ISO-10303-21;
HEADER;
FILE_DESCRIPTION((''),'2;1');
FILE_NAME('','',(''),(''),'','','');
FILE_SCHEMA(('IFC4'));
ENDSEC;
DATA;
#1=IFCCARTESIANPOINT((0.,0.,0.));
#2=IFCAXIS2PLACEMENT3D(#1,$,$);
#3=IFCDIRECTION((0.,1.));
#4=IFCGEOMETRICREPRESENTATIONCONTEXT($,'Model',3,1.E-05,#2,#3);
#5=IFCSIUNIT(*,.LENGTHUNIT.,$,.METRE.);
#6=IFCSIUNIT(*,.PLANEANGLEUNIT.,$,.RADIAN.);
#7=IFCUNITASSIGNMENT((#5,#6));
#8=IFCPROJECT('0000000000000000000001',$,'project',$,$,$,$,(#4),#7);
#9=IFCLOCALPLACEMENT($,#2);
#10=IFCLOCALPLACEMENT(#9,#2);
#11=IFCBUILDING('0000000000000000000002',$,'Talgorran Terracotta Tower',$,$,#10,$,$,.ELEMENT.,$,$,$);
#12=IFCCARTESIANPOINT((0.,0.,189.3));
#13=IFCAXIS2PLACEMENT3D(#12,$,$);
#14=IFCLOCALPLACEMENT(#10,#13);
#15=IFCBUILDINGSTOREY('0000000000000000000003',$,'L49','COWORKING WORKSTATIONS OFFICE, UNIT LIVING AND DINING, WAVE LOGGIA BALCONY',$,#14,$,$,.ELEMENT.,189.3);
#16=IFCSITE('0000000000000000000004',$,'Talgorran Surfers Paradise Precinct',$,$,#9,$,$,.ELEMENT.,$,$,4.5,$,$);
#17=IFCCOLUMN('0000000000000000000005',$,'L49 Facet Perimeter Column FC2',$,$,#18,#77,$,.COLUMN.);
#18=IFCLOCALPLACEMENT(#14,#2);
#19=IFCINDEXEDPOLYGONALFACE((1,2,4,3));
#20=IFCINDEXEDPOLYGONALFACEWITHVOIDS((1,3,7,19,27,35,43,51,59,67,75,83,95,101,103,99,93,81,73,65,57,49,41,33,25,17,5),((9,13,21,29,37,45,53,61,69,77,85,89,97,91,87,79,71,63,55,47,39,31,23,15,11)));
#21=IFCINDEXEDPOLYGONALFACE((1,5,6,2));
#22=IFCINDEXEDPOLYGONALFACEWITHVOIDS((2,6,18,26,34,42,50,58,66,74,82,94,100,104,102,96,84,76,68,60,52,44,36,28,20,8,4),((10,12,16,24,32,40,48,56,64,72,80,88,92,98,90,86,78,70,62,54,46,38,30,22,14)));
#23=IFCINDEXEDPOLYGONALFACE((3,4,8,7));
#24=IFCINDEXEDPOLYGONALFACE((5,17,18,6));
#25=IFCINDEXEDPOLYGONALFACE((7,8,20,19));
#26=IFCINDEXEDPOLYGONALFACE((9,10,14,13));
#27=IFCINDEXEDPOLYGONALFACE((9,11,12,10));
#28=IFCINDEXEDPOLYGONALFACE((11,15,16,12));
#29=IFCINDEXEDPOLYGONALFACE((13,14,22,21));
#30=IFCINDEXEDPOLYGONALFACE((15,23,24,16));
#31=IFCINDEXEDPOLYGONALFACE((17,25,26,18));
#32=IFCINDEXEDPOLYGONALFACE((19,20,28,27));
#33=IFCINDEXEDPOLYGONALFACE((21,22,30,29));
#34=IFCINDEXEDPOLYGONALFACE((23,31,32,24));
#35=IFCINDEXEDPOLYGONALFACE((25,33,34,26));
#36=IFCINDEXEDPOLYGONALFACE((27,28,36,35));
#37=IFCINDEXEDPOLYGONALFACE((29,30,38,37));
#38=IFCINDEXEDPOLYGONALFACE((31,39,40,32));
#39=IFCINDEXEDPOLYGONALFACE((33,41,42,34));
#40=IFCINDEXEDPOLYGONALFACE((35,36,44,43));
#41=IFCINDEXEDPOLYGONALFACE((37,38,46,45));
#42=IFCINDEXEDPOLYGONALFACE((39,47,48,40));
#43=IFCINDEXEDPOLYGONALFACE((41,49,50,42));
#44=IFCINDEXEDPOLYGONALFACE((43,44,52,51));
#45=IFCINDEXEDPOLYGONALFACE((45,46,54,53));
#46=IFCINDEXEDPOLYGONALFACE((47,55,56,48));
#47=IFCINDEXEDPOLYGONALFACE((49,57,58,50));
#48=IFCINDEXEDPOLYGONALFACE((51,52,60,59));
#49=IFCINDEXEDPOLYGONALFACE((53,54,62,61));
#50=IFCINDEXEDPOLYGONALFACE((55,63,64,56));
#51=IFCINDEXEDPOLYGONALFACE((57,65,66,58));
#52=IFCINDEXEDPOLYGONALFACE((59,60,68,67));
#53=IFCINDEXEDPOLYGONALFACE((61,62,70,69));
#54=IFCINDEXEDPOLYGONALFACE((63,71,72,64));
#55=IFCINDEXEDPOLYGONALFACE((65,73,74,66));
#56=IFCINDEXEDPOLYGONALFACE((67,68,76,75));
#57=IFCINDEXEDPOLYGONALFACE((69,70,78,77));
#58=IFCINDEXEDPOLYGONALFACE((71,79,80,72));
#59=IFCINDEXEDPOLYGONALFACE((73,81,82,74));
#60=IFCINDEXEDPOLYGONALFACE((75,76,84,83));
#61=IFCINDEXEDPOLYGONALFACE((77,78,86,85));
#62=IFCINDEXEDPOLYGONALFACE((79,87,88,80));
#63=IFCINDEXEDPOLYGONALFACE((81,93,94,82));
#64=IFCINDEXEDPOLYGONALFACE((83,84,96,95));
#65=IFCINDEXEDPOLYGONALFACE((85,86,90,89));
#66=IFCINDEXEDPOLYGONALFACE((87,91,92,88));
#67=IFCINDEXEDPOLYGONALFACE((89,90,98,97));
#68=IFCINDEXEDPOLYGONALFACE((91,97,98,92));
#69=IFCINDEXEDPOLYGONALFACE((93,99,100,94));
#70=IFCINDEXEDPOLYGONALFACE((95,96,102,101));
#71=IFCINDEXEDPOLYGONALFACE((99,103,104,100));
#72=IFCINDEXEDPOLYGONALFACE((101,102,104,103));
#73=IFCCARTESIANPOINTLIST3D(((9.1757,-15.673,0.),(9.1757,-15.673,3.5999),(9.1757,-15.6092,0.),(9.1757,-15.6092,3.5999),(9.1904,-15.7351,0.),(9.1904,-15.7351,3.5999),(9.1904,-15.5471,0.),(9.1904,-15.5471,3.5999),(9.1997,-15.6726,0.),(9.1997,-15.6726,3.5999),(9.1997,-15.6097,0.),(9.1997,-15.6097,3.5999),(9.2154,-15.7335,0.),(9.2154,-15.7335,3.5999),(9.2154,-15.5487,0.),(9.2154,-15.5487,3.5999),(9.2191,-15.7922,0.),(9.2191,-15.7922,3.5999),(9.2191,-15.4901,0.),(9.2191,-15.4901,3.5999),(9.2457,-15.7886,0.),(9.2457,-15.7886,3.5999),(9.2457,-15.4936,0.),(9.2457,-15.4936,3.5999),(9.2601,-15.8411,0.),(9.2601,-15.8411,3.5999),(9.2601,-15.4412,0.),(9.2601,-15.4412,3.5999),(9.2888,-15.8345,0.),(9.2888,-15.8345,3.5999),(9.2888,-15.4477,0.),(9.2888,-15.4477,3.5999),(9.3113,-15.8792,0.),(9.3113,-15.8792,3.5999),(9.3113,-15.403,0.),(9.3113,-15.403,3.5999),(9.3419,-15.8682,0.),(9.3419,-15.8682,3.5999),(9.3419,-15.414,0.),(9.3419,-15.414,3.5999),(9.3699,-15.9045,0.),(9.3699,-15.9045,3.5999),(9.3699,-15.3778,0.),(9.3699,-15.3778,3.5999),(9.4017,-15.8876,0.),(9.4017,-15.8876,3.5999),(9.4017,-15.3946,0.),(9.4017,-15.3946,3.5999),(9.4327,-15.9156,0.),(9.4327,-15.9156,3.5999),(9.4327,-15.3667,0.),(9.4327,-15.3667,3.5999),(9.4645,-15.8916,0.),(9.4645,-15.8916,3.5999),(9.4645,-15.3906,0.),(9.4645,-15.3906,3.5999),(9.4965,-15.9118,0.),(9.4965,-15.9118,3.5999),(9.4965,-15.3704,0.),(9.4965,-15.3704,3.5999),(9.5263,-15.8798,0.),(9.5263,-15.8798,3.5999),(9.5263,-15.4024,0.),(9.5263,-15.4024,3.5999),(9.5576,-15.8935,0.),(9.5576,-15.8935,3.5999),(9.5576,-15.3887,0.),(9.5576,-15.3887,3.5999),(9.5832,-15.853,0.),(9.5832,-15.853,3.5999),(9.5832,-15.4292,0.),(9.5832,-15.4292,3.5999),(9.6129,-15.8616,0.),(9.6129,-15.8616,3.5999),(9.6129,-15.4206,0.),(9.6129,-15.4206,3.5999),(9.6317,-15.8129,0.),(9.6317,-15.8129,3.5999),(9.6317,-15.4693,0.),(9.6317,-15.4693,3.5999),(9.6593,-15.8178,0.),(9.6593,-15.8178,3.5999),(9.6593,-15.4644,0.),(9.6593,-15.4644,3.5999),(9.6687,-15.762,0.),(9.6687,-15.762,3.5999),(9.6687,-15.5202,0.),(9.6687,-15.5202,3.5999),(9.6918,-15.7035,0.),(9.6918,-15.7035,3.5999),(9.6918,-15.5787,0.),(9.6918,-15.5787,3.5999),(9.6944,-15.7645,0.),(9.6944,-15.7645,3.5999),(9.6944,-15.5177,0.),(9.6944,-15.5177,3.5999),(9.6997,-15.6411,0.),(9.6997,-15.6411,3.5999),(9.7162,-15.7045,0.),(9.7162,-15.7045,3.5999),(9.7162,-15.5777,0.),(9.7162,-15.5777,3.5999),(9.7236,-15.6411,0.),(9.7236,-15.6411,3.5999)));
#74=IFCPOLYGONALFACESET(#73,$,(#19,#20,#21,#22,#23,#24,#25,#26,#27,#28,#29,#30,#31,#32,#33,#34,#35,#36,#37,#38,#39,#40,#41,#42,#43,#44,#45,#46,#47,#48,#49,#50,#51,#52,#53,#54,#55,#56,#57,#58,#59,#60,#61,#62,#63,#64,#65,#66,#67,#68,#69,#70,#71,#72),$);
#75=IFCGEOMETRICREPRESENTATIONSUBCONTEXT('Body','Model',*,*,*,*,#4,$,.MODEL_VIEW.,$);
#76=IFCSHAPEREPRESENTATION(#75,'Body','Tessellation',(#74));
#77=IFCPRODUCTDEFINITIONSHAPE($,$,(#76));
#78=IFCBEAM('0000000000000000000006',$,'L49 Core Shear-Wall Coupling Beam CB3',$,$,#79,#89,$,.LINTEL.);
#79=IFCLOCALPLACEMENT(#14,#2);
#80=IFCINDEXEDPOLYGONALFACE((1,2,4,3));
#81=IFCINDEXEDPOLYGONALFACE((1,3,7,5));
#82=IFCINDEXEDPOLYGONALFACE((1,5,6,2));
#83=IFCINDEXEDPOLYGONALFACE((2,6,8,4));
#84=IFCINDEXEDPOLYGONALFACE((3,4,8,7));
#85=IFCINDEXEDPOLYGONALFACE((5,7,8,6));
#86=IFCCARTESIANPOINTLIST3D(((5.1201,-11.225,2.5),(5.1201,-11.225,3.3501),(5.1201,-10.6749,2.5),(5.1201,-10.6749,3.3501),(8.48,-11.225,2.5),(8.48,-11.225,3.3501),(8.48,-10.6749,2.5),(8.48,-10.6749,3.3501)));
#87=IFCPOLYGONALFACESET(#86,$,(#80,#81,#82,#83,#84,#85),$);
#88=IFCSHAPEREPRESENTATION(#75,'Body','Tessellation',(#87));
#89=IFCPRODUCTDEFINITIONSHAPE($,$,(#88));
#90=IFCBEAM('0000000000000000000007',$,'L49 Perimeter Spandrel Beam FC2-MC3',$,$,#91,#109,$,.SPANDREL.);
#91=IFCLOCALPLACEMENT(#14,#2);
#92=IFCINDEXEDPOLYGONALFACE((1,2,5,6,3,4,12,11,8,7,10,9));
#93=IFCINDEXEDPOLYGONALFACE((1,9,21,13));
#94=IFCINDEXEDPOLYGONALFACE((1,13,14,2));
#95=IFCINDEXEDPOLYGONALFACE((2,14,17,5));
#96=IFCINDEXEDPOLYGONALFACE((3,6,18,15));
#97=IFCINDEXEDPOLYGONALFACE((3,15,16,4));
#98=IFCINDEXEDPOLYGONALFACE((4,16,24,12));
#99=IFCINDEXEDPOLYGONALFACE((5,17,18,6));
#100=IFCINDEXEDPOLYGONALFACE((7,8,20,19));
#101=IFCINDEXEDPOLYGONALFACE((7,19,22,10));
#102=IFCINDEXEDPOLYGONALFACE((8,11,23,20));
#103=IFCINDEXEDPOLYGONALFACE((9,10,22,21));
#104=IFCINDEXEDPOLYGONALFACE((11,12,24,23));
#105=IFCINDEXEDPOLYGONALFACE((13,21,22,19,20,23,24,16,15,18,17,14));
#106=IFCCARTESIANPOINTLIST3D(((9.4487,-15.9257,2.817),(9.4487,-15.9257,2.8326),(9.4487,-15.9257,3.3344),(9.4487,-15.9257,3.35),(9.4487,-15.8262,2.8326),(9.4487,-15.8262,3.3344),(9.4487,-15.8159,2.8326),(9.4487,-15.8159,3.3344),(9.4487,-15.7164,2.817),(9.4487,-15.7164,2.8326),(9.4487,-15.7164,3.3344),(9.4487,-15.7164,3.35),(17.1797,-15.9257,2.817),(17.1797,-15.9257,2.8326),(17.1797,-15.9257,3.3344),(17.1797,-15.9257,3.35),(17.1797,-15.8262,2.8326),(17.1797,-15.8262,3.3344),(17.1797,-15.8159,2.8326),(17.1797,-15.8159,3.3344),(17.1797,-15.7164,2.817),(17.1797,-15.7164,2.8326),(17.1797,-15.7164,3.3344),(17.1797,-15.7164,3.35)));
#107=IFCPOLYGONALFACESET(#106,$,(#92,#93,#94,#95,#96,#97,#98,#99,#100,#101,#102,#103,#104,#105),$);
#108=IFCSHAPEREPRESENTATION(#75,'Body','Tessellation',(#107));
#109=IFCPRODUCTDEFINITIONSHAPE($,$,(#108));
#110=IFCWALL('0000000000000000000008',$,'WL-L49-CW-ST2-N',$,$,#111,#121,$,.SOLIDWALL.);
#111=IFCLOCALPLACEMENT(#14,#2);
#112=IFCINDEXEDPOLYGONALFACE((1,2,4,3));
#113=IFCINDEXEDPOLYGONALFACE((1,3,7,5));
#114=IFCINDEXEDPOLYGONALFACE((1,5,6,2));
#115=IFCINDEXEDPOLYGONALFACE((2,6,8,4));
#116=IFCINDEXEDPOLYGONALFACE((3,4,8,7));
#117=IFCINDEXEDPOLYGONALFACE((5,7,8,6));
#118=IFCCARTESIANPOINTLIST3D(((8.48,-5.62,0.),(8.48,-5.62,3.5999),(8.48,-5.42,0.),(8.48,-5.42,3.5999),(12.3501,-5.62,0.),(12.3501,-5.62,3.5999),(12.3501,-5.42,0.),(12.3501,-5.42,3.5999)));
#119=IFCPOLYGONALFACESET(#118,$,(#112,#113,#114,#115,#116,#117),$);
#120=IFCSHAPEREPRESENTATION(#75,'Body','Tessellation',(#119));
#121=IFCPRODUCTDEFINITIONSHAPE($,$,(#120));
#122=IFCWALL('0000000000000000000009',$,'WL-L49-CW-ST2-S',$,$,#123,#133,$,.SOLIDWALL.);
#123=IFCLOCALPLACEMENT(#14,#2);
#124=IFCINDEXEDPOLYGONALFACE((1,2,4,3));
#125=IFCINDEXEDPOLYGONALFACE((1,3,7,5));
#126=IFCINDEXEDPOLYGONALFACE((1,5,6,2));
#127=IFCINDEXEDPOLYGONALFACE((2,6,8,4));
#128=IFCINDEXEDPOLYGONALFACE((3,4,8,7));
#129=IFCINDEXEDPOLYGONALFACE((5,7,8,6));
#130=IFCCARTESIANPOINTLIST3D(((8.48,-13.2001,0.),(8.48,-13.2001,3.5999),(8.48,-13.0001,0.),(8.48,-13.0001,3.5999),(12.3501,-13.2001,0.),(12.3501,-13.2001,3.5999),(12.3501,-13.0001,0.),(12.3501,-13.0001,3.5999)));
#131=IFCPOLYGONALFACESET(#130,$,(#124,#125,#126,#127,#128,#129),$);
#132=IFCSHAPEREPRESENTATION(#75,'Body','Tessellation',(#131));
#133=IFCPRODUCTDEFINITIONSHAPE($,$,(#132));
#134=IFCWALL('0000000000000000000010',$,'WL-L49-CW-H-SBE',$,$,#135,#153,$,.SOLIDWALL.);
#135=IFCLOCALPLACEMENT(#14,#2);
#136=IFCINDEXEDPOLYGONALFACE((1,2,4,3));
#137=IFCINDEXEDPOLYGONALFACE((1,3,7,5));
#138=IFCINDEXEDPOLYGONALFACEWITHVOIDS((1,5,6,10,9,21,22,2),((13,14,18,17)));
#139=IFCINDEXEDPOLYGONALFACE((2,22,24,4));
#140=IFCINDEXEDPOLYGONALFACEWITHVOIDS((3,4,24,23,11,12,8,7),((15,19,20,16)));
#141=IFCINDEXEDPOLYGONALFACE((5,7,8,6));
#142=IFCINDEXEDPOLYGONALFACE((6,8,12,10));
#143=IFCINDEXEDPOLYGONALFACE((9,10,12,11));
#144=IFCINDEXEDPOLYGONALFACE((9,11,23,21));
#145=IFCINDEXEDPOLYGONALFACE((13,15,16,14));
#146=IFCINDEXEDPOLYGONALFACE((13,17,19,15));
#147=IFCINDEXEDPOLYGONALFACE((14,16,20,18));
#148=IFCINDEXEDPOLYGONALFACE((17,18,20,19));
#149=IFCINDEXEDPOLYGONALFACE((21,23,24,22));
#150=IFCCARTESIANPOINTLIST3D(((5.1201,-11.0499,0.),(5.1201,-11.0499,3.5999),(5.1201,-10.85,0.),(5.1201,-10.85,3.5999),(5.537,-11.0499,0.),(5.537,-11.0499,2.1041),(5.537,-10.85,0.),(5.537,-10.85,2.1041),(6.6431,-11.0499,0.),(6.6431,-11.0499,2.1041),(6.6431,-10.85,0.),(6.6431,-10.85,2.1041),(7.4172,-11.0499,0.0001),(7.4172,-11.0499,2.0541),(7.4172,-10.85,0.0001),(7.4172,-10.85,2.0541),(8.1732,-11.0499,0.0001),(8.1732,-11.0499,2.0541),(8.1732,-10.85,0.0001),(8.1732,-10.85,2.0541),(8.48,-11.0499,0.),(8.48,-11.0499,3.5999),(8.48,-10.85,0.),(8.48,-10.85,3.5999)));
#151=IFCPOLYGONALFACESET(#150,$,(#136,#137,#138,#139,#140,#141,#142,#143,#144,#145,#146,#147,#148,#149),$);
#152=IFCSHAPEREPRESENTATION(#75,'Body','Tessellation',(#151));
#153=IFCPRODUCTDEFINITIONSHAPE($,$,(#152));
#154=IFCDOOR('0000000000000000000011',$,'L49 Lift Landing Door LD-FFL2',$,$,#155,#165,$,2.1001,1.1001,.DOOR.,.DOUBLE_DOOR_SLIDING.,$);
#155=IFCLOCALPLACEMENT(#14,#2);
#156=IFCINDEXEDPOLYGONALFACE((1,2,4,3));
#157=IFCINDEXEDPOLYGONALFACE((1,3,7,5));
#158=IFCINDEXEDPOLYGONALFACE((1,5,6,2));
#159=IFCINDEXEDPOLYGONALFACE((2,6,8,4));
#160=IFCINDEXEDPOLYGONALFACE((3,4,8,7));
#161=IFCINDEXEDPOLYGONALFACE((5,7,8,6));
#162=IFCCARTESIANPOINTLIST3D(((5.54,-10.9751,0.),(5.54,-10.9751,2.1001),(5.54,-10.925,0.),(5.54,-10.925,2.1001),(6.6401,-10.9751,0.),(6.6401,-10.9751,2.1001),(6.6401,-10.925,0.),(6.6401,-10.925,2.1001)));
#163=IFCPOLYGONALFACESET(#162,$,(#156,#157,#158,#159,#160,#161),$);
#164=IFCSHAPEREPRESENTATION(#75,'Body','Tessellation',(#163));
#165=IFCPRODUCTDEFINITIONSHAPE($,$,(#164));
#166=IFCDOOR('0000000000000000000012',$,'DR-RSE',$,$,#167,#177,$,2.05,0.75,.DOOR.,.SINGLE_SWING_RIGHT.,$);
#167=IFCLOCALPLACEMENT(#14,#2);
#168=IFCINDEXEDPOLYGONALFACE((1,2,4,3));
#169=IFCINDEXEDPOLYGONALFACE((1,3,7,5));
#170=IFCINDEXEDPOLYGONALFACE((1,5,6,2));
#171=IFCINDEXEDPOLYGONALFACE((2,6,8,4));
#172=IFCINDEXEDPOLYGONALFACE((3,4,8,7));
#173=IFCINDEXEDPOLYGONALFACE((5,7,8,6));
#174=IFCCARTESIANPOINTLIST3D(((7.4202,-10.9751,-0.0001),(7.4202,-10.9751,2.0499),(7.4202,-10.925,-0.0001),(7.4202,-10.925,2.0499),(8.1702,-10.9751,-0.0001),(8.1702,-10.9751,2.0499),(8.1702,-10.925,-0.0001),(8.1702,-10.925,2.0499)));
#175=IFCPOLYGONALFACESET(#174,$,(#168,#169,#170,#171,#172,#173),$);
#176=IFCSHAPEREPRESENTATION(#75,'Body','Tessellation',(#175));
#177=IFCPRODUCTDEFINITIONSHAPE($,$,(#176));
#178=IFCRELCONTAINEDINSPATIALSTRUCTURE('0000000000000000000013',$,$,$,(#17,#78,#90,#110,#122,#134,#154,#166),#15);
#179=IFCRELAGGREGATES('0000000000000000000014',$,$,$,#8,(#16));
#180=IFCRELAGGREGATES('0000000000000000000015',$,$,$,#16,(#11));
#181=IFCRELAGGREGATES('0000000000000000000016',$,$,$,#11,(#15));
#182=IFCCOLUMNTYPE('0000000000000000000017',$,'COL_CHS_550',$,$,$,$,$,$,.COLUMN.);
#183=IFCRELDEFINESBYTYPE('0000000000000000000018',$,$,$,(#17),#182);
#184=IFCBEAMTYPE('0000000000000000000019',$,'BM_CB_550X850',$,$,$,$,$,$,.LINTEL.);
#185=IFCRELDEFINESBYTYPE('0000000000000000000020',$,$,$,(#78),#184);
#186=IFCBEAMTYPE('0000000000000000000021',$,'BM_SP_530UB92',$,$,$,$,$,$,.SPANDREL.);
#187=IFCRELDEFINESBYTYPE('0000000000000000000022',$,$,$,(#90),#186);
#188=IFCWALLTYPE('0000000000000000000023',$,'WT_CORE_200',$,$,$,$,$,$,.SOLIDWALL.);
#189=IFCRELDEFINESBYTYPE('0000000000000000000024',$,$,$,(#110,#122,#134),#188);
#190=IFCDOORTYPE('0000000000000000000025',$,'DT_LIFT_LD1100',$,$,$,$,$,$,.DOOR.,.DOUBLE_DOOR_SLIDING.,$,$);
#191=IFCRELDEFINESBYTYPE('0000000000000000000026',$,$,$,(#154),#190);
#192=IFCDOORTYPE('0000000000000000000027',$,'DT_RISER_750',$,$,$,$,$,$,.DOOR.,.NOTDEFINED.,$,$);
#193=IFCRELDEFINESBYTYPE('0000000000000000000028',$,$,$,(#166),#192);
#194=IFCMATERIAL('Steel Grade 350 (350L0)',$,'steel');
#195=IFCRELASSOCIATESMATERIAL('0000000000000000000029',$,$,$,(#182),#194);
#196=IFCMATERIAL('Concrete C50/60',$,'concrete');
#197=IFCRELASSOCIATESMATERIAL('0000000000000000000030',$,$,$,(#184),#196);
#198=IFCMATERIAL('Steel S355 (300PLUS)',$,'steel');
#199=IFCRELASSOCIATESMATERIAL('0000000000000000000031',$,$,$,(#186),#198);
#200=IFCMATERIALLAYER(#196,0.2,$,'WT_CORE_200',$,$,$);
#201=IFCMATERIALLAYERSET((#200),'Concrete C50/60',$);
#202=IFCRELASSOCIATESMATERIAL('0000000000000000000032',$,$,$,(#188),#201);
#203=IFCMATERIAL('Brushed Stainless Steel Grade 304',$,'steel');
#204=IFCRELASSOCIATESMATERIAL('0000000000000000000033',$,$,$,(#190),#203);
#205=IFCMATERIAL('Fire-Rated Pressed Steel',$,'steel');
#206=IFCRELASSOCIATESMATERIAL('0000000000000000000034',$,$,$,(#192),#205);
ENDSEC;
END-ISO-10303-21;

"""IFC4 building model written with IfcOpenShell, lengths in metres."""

from ifc_helpers import new_model, si_unit, direction, frame, frame_2d, origin, origin_2d, place, context, subcontext, project, spatial, rectangle, hollow_circle, i_section, extrude, material, layer, layer_set, material_profile, profile_set, type_object, element, fill, save


model = new_model("IFC4")

# Units and contexts
model_context = context("Model", 3, precision=1e-05, world=origin(), true_north=direction((0.0, 1.0)))
body_context = subcontext(model_context, "Body", "Model", "MODEL_VIEW")
ifc_project = project(units=[si_unit("LENGTHUNIT", "METRE"), si_unit("PLANEANGLEUNIT", "RADIAN")], contexts=[model_context])

# Site, building, storey
site_placement = place(None, origin())
site = spatial("IfcSite", under=ifc_project, at=site_placement, Name="Talgorran Surfers Paradise Precinct", CompositionType="ELEMENT", RefElevation=4.5)
building_placement = place(site_placement, origin())
building = spatial("IfcBuilding", under=site, at=building_placement, Name="Talgorran Terracotta Tower", CompositionType="ELEMENT")
storey_placement = place(building_placement, frame((0.0, 0.0, 189.3)))
storey = spatial("IfcBuildingStorey", under=building, at=storey_placement, Name="L49", Description="COWORKING WORKSTATIONS OFFICE, UNIT LIVING AND DINING, WAVE LOGGIA BALCONY", CompositionType="ELEMENT", Elevation=189.3)

# Column
ifc_material_1 = material(Name="Steel Grade 350 (350L0)", Category="steel")
ifc_material_profile_1 = material_profile(ifc_material_1, hollow_circle(Radius=0.2749, WallThickness=0.0239, at=origin_2d()), Name="CHS550X24")
ifc_profile_set_1 = profile_set([ifc_material_profile_1], Name="Steel Grade 350 (350L0)")
column_type = type_object("IfcColumnType", Name="COL_CHS_550", PredefinedType="COLUMN", material=ifc_profile_set_1)
column_placement = place(storey_placement, frame((9.4487, -15.6411, 0.0), z_axis=(0.0, 0.0, 1.0), x_axis=(1.0, 0.0, 0.0)))
element("IfcColumn", 1, at=column_placement, inside=storey, type_object=column_type, Name="L49 Facet Perimeter Column FC2", PredefinedType="COLUMN", context=body_context, shape_type="SweptSolid", body=[
    extrude(hollow_circle(Radius=0.2749, WallThickness=0.0239, at=origin_2d()), origin(), (0.0, 0.0, 1.0), 3.5999),
])

# Beams
ifc_material_2 = material(Name="Concrete C50/60", Category="concrete")
ifc_material_profile_2 = material_profile(ifc_material_2, rectangle(XDim=0.55, YDim=0.8501, at=origin_2d()), Name="RCCB550X850")
ifc_profile_set_2 = profile_set([ifc_material_profile_2], Name="Concrete C50/60")
beam_type_1 = type_object("IfcBeamType", Name="BM_CB_550X850", PredefinedType="LINTEL", material=ifc_profile_set_2)
beam_1_placement = place(storey_placement, frame((5.1201, -10.95, 2.925), z_axis=(1.0, 0.0, 0.0), x_axis=(0.0, 1.0, 0.0)))
element("IfcBeam", 2, at=beam_1_placement, inside=storey, type_object=beam_type_1, Name="L49 Core Shear-Wall Coupling Beam CB3", PredefinedType="LINTEL", context=body_context, shape_type="SweptSolid", body=[
    extrude(rectangle(XDim=0.55, YDim=0.8501, at=origin_2d()), origin(), (0.0, 0.0, 1.0), 3.3599),
])
ifc_material_3 = material(Name="Steel S355 (300PLUS)", Category="steel")
ifc_material_profile_3 = material_profile(ifc_material_3, i_section(OverallWidth=0.2092, OverallDepth=0.533, WebThickness=0.0103, FlangeThickness=0.0156, at=origin_2d()), Name="530UB92.4")
ifc_profile_set_3 = profile_set([ifc_material_profile_3], Name="Steel S355 (300PLUS)")
beam_type_2 = type_object("IfcBeamType", Name="BM_SP_530UB92", PredefinedType="SPANDREL", material=ifc_profile_set_3)
beam_2_placement = place(storey_placement, frame((9.4487, -15.821, 3.0835), z_axis=(1.0, 0.0, 0.0), x_axis=(0.0, 1.0, 0.0)))
element("IfcBeam", 3, at=beam_2_placement, inside=storey, type_object=beam_type_2, Name="L49 Perimeter Spandrel Beam FC2-MC3", PredefinedType="SPANDREL", context=body_context, shape_type="SweptSolid", body=[
    extrude(i_section(OverallWidth=0.2092, OverallDepth=0.533, WebThickness=0.0103, FlangeThickness=0.0156, at=origin_2d()), origin(), (0.0, 0.0, 1.0), 7.731),
])

# Walls
ifc_layer_1 = layer(ifc_material_2, 0.2, Name="WT_CORE_200")
ifc_layer_set_1 = layer_set([ifc_layer_1], Name="Concrete C50/60")
wall_type_1 = type_object("IfcWallType", Name="WT_CORE_200", PredefinedType="SOLIDWALL", material=ifc_layer_set_1)
for number, where, z_axis, x_axis, name in (
    (4, (8.48, -5.52, 0.0), (0.0, 0.0, 1.0), (1.0, 0.0, 0.0), "WL-L49-CW-ST2-N"),
    (5, (8.48, -13.1001, 0.0), (0.0, 0.0, 1.0), (1.0, 0.0, 0.0), "WL-L49-CW-ST2-S"),
):
    element("IfcWall", number, at=place(storey_placement, frame(where, z_axis=z_axis, x_axis=x_axis)), inside=storey, type_object=wall_type_1, Name=name, PredefinedType="SOLIDWALL", context=body_context, shape_type="SweptSolid", body=[
        extrude(rectangle(XDim=3.8701, YDim=0.2, at=frame_2d((1.9351, 0.0))), origin(), (0.0, 0.0, 1.0), 3.5999),
    ])

# Wall, openings, doors
wall_1_placement = place(storey_placement, frame((5.1201, -10.95, 0.0), z_axis=(0.0, 0.0, 1.0), x_axis=(1.0, 0.0, 0.0)))
wall_1 = element("IfcWall", 6, at=wall_1_placement, inside=storey, type_object=wall_type_1, Name="WL-L49-CW-H-SBE", PredefinedType="SOLIDWALL", context=body_context, shape_type="SweptSolid", body=[
    extrude(rectangle(XDim=3.3599, YDim=0.2, at=frame_2d((1.6799, 0.0))), origin(), (0.0, 0.0, 1.0), 3.5999),
])
opening_1_placement = place(wall_1_placement, frame((0.4199, 0.0, 0.0)))
opening_1 = element("IfcOpeningElement", 7, at=opening_1_placement, cuts=wall_1, PredefinedType="OPENING", context=body_context, shape_type="SweptSolid", body=[
    extrude(rectangle(XDim=1.1061, YDim=2.1041, at=frame_2d((0.55, 1.052))), frame((0.0, 0.1099, 0.0), z_axis=(0.0, -1.0, 0.0), x_axis=(1.0, 0.0, 0.0)), (0.0, 0.0, 1.0), 0.22),
])
opening_2_placement = place(wall_1_placement, frame((2.3, 0.0, 0.0)))
opening_2 = element("IfcOpeningElement", 8, at=opening_2_placement, cuts=wall_1, PredefinedType="OPENING", context=body_context, shape_type="SweptSolid", body=[
    extrude(rectangle(XDim=0.756, YDim=2.054, at=frame_2d((0.375, 1.0271))), frame((0.0, 0.1099, 0.0), z_axis=(0.0, -1.0, 0.0), x_axis=(1.0, 0.0, 0.0)), (0.0, 0.0, 1.0), 0.22),
])
ifc_material_4 = material(Name="Brushed Stainless Steel Grade 304", Category="steel")
door_type_1 = type_object("IfcDoorType", Name="DT_LIFT_LD1100", OperationType="DOUBLE_DOOR_SLIDING", PredefinedType="DOOR", material=ifc_material_4)
door_1_placement = place(opening_1_placement, origin())
door_1 = element("IfcDoor", 9, at=door_1_placement, inside=storey, type_object=door_type_1, Name="L49 Lift Landing Door LD-FFL2", OperationType="DOUBLE_DOOR_SLIDING", OverallHeight=2.1001, OverallWidth=1.1001, PredefinedType="DOOR", context=body_context, shape_type="SweptSolid", body=[
    extrude(rectangle(XDim=1.1001, YDim=2.1001, at=frame_2d((0.55, 1.05))), frame((0.0, 0.0249, 0.0), z_axis=(0.0, -1.0, 0.0), x_axis=(1.0, 0.0, 0.0)), (0.0, 0.0, 1.0), 0.05),
])
fill(opening_1, door_1)
ifc_material_5 = material(Name="Fire-Rated Pressed Steel", Category="steel")
door_type_2 = type_object("IfcDoorType", Name="DT_RISER_750", OperationType="NOTDEFINED", PredefinedType="DOOR", material=ifc_material_5)
door_2_placement = place(opening_2_placement, origin())
door_2 = element("IfcDoor", 10, at=door_2_placement, inside=storey, type_object=door_type_2, Name="DR-RSE", OperationType="SINGLE_SWING_RIGHT", OverallHeight=2.05, OverallWidth=0.75, PredefinedType="DOOR", context=body_context, shape_type="SweptSolid", body=[
    extrude(rectangle(XDim=0.75, YDim=2.05, at=frame_2d((0.375, 1.0249))), frame((0.0, 0.0249, 0.0), z_axis=(0.0, -1.0, 0.0), x_axis=(1.0, 0.0, 0.0)), (0.0, 0.0, 1.0), 0.05),
])
fill(opening_2, door_2)

save(model, "model.ifc")
